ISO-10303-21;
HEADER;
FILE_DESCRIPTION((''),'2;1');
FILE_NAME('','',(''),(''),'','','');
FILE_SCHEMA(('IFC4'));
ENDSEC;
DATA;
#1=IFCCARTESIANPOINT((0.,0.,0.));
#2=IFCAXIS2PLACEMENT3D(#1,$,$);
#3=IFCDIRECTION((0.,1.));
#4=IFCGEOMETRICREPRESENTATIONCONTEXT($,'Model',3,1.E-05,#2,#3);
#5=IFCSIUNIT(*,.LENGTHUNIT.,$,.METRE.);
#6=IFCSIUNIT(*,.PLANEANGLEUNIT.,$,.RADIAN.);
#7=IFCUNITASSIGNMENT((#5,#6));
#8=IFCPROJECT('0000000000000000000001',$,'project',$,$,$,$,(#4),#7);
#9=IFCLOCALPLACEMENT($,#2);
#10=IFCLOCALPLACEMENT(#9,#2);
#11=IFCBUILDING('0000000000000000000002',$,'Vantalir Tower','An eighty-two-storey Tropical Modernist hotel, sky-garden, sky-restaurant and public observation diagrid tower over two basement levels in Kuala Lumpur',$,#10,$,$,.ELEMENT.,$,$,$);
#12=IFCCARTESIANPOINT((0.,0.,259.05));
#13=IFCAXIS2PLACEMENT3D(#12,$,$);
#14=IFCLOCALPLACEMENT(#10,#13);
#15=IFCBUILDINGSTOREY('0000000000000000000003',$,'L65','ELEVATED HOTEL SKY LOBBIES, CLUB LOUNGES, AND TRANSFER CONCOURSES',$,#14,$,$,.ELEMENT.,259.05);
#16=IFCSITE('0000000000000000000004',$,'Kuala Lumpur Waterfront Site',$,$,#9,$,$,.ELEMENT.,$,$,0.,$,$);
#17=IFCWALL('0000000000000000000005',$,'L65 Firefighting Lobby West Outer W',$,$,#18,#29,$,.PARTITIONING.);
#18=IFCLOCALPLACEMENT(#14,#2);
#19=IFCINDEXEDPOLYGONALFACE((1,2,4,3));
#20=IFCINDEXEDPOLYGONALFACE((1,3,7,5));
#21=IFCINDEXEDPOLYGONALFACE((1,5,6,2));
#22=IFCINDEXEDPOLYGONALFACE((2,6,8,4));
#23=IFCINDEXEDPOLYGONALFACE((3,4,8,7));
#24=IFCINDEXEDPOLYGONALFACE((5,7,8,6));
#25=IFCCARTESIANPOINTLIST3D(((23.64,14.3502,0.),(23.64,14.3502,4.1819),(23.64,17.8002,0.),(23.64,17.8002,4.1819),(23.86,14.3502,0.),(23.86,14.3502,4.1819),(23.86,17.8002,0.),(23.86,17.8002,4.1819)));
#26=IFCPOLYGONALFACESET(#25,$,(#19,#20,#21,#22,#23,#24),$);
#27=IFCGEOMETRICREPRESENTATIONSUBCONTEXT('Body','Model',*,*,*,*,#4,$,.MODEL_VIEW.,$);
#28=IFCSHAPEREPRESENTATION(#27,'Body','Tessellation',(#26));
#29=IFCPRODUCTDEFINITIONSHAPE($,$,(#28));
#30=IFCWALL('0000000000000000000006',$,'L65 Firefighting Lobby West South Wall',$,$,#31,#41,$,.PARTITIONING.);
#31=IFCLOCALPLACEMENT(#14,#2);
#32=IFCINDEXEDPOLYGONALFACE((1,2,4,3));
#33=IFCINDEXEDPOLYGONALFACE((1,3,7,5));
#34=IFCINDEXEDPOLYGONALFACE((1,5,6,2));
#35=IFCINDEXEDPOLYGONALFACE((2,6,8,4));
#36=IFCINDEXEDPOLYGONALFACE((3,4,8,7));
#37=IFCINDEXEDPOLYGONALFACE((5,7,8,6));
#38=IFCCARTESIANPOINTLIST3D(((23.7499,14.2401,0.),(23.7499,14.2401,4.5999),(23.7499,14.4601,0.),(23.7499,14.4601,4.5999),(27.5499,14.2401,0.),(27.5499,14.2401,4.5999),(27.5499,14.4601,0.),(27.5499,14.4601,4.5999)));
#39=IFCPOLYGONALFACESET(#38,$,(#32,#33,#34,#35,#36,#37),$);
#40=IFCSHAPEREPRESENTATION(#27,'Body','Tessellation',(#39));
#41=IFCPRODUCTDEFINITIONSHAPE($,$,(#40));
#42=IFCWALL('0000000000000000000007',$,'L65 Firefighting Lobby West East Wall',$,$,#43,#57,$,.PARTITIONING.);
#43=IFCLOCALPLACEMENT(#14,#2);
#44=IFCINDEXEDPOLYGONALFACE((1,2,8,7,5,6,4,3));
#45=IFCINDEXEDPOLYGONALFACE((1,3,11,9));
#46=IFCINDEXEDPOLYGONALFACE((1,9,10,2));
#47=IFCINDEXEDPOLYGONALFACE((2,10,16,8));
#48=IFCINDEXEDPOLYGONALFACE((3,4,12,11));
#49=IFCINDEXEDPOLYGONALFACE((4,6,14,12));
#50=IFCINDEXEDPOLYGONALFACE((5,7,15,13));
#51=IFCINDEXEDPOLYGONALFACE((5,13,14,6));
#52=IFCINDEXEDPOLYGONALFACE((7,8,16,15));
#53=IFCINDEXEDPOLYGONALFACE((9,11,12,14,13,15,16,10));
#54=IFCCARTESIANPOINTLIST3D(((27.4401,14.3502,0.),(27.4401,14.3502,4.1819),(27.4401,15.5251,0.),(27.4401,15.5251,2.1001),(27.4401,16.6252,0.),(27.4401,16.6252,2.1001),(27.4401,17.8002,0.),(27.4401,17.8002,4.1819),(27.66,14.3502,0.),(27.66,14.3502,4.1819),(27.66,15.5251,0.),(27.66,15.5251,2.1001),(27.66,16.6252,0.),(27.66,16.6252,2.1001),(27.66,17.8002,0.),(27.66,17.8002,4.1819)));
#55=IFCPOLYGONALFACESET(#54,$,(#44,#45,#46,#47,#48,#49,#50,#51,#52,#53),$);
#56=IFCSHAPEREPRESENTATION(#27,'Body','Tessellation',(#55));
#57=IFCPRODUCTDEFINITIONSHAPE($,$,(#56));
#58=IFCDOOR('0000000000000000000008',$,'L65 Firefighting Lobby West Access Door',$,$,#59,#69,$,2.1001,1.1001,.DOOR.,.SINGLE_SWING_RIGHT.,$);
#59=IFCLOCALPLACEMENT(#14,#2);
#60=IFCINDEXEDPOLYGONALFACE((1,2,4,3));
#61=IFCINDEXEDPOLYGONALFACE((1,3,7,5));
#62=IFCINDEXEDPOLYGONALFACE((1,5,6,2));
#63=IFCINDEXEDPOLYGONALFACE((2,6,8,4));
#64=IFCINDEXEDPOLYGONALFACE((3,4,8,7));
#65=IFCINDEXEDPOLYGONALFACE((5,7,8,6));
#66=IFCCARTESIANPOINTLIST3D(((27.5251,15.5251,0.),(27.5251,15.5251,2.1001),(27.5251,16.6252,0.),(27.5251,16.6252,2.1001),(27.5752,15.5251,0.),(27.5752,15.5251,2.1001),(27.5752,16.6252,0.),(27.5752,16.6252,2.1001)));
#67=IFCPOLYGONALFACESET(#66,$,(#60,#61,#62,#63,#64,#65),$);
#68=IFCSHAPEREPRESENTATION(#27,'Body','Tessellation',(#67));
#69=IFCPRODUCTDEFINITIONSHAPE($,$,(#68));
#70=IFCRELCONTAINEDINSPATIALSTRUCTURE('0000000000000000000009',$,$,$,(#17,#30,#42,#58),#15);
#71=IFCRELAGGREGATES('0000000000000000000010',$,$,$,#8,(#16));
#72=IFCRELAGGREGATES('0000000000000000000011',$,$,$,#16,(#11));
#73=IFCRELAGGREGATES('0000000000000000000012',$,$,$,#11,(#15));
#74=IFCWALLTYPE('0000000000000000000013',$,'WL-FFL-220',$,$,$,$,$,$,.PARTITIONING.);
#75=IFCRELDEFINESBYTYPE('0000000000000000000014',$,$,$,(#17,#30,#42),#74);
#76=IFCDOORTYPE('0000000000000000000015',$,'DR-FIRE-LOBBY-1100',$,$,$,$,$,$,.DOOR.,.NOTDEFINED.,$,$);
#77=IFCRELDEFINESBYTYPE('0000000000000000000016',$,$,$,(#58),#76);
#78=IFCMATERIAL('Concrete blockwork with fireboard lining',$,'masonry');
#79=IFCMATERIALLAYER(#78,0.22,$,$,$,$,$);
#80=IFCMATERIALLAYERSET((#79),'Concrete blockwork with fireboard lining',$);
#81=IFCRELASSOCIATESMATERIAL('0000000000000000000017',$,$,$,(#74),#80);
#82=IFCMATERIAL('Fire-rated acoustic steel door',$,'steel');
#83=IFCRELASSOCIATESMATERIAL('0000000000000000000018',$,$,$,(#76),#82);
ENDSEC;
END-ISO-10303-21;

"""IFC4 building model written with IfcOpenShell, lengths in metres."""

from ifc_helpers import new_model, si_unit, direction, frame, frame_2d, origin, place, context, subcontext, project, spatial, rectangle, extrude, material, layer, layer_set, type_object, element, fill, save


model = new_model("IFC4")

# Units and contexts
model_context = context("Model", 3, precision=1e-05, world=origin(), true_north=direction((0.0, 1.0)))
body_context = subcontext(model_context, "Body", "Model", "MODEL_VIEW")
ifc_project = project(units=[si_unit("LENGTHUNIT", "METRE"), si_unit("PLANEANGLEUNIT", "RADIAN")], contexts=[model_context])

# Site, building, storey
site_placement = place(None, origin())
site = spatial("IfcSite", under=ifc_project, at=site_placement, Name="Kuala Lumpur Waterfront Site", CompositionType="ELEMENT", RefElevation=0.0)
building_placement = place(site_placement, origin())
building = spatial("IfcBuilding", under=site, at=building_placement, Name="Vantalir Tower", Description="An eighty-two-storey Tropical Modernist hotel, sky-garden, sky-restaurant and public observation diagrid tower over two basement levels in Kuala Lumpur", CompositionType="ELEMENT")
storey_placement = place(building_placement, frame((0.0, 0.0, 259.05)))
storey = spatial("IfcBuildingStorey", under=building, at=storey_placement, Name="L65", Description="ELEVATED HOTEL SKY LOBBIES, CLUB LOUNGES, AND TRANSFER CONCOURSES", CompositionType="ELEMENT", Elevation=259.05)

# Walls
ifc_material_1 = material(Name="Concrete blockwork with fireboard lining", Category="masonry")
ifc_layer_1 = layer(ifc_material_1, 0.22)
ifc_layer_set_1 = layer_set([ifc_layer_1], Name="Concrete blockwork with fireboard lining")
wall_type_1 = type_object("IfcWallType", Name="WL-FFL-220", PredefinedType="PARTITIONING", material=ifc_layer_set_1)
wall_1_placement = place(storey_placement, frame((23.75, 14.3501, 0.0), z_axis=(0.0, 0.0, 1.0), x_axis=(0.0, 1.0, 0.0)))
element("IfcWall", 1, at=wall_1_placement, inside=storey, type_object=wall_type_1, Name="L65 Firefighting Lobby West Outer W", PredefinedType="PARTITIONING", context=body_context, shape_type="SweptSolid", body=[
    extrude(rectangle(XDim=3.45, YDim=0.22, at=frame_2d((1.7251, 0.0))), origin(), (0.0, 0.0, 1.0), 4.1819),
])
wall_2_placement = place(storey_placement, frame((23.75, 14.3501, 0.0), z_axis=(0.0, 0.0, 1.0), x_axis=(1.0, 0.0, 0.0)))
element("IfcWall", 2, at=wall_2_placement, inside=storey, type_object=wall_type_1, Name="L65 Firefighting Lobby West South Wall", PredefinedType="PARTITIONING", context=body_context, shape_type="SweptSolid", body=[
    extrude(rectangle(XDim=3.8, YDim=0.22, at=frame_2d((1.8999, 0.0))), origin(), (0.0, 0.0, 1.0), 4.5999),
])

# Wall, opening, door
wall_3_placement = place(storey_placement, frame((27.55, 14.3501, 0.0), z_axis=(0.0, 0.0, 1.0), x_axis=(0.0, 1.0, 0.0)))
wall_3 = element("IfcWall", 3, at=wall_3_placement, inside=storey, type_object=wall_type_1, Name="L65 Firefighting Lobby West East Wall", PredefinedType="PARTITIONING", context=body_context, shape_type="SweptSolid", body=[
    extrude(rectangle(XDim=3.45, YDim=0.22, at=frame_2d((1.7251, 0.0))), origin(), (0.0, 0.0, 1.0), 4.1819),
])
opening_placement = place(wall_3_placement, frame((1.175, 0.0, 0.0)))
opening = element("IfcOpeningElement", 4, at=opening_placement, cuts=wall_3, PredefinedType="OPENING", context=body_context, shape_type="SweptSolid", body=[
    extrude(rectangle(XDim=1.1001, YDim=2.1001, at=frame_2d((0.55, 1.05))), frame((0.0, 0.1199, 0.0), z_axis=(0.0, -1.0, 0.0), x_axis=(1.0, 0.0, 0.0)), (0.0, 0.0, 1.0), 0.24),
])
ifc_material_2 = material(Name="Fire-rated acoustic steel door", Category="steel")
door_type = type_object("IfcDoorType", Name="DR-FIRE-LOBBY-1100", OperationType="NOTDEFINED", PredefinedType="DOOR", material=ifc_material_2)
door_placement = place(opening_placement, origin())
door = element("IfcDoor", 5, at=door_placement, inside=storey, type_object=door_type, Name="L65 Firefighting Lobby West Access Door", OperationType="SINGLE_SWING_RIGHT", OverallHeight=2.1001, OverallWidth=1.1001, PredefinedType="DOOR", context=body_context, shape_type="SweptSolid", body=[
    extrude(rectangle(XDim=1.1001, YDim=2.1001, at=frame_2d((0.55, 1.05))), frame((0.0, 0.0249, 0.0), z_axis=(0.0, -1.0, 0.0), x_axis=(1.0, 0.0, 0.0)), (0.0, 0.0, 1.0), 0.05),
])
fill(opening, door)

save(model, "model.ifc")
